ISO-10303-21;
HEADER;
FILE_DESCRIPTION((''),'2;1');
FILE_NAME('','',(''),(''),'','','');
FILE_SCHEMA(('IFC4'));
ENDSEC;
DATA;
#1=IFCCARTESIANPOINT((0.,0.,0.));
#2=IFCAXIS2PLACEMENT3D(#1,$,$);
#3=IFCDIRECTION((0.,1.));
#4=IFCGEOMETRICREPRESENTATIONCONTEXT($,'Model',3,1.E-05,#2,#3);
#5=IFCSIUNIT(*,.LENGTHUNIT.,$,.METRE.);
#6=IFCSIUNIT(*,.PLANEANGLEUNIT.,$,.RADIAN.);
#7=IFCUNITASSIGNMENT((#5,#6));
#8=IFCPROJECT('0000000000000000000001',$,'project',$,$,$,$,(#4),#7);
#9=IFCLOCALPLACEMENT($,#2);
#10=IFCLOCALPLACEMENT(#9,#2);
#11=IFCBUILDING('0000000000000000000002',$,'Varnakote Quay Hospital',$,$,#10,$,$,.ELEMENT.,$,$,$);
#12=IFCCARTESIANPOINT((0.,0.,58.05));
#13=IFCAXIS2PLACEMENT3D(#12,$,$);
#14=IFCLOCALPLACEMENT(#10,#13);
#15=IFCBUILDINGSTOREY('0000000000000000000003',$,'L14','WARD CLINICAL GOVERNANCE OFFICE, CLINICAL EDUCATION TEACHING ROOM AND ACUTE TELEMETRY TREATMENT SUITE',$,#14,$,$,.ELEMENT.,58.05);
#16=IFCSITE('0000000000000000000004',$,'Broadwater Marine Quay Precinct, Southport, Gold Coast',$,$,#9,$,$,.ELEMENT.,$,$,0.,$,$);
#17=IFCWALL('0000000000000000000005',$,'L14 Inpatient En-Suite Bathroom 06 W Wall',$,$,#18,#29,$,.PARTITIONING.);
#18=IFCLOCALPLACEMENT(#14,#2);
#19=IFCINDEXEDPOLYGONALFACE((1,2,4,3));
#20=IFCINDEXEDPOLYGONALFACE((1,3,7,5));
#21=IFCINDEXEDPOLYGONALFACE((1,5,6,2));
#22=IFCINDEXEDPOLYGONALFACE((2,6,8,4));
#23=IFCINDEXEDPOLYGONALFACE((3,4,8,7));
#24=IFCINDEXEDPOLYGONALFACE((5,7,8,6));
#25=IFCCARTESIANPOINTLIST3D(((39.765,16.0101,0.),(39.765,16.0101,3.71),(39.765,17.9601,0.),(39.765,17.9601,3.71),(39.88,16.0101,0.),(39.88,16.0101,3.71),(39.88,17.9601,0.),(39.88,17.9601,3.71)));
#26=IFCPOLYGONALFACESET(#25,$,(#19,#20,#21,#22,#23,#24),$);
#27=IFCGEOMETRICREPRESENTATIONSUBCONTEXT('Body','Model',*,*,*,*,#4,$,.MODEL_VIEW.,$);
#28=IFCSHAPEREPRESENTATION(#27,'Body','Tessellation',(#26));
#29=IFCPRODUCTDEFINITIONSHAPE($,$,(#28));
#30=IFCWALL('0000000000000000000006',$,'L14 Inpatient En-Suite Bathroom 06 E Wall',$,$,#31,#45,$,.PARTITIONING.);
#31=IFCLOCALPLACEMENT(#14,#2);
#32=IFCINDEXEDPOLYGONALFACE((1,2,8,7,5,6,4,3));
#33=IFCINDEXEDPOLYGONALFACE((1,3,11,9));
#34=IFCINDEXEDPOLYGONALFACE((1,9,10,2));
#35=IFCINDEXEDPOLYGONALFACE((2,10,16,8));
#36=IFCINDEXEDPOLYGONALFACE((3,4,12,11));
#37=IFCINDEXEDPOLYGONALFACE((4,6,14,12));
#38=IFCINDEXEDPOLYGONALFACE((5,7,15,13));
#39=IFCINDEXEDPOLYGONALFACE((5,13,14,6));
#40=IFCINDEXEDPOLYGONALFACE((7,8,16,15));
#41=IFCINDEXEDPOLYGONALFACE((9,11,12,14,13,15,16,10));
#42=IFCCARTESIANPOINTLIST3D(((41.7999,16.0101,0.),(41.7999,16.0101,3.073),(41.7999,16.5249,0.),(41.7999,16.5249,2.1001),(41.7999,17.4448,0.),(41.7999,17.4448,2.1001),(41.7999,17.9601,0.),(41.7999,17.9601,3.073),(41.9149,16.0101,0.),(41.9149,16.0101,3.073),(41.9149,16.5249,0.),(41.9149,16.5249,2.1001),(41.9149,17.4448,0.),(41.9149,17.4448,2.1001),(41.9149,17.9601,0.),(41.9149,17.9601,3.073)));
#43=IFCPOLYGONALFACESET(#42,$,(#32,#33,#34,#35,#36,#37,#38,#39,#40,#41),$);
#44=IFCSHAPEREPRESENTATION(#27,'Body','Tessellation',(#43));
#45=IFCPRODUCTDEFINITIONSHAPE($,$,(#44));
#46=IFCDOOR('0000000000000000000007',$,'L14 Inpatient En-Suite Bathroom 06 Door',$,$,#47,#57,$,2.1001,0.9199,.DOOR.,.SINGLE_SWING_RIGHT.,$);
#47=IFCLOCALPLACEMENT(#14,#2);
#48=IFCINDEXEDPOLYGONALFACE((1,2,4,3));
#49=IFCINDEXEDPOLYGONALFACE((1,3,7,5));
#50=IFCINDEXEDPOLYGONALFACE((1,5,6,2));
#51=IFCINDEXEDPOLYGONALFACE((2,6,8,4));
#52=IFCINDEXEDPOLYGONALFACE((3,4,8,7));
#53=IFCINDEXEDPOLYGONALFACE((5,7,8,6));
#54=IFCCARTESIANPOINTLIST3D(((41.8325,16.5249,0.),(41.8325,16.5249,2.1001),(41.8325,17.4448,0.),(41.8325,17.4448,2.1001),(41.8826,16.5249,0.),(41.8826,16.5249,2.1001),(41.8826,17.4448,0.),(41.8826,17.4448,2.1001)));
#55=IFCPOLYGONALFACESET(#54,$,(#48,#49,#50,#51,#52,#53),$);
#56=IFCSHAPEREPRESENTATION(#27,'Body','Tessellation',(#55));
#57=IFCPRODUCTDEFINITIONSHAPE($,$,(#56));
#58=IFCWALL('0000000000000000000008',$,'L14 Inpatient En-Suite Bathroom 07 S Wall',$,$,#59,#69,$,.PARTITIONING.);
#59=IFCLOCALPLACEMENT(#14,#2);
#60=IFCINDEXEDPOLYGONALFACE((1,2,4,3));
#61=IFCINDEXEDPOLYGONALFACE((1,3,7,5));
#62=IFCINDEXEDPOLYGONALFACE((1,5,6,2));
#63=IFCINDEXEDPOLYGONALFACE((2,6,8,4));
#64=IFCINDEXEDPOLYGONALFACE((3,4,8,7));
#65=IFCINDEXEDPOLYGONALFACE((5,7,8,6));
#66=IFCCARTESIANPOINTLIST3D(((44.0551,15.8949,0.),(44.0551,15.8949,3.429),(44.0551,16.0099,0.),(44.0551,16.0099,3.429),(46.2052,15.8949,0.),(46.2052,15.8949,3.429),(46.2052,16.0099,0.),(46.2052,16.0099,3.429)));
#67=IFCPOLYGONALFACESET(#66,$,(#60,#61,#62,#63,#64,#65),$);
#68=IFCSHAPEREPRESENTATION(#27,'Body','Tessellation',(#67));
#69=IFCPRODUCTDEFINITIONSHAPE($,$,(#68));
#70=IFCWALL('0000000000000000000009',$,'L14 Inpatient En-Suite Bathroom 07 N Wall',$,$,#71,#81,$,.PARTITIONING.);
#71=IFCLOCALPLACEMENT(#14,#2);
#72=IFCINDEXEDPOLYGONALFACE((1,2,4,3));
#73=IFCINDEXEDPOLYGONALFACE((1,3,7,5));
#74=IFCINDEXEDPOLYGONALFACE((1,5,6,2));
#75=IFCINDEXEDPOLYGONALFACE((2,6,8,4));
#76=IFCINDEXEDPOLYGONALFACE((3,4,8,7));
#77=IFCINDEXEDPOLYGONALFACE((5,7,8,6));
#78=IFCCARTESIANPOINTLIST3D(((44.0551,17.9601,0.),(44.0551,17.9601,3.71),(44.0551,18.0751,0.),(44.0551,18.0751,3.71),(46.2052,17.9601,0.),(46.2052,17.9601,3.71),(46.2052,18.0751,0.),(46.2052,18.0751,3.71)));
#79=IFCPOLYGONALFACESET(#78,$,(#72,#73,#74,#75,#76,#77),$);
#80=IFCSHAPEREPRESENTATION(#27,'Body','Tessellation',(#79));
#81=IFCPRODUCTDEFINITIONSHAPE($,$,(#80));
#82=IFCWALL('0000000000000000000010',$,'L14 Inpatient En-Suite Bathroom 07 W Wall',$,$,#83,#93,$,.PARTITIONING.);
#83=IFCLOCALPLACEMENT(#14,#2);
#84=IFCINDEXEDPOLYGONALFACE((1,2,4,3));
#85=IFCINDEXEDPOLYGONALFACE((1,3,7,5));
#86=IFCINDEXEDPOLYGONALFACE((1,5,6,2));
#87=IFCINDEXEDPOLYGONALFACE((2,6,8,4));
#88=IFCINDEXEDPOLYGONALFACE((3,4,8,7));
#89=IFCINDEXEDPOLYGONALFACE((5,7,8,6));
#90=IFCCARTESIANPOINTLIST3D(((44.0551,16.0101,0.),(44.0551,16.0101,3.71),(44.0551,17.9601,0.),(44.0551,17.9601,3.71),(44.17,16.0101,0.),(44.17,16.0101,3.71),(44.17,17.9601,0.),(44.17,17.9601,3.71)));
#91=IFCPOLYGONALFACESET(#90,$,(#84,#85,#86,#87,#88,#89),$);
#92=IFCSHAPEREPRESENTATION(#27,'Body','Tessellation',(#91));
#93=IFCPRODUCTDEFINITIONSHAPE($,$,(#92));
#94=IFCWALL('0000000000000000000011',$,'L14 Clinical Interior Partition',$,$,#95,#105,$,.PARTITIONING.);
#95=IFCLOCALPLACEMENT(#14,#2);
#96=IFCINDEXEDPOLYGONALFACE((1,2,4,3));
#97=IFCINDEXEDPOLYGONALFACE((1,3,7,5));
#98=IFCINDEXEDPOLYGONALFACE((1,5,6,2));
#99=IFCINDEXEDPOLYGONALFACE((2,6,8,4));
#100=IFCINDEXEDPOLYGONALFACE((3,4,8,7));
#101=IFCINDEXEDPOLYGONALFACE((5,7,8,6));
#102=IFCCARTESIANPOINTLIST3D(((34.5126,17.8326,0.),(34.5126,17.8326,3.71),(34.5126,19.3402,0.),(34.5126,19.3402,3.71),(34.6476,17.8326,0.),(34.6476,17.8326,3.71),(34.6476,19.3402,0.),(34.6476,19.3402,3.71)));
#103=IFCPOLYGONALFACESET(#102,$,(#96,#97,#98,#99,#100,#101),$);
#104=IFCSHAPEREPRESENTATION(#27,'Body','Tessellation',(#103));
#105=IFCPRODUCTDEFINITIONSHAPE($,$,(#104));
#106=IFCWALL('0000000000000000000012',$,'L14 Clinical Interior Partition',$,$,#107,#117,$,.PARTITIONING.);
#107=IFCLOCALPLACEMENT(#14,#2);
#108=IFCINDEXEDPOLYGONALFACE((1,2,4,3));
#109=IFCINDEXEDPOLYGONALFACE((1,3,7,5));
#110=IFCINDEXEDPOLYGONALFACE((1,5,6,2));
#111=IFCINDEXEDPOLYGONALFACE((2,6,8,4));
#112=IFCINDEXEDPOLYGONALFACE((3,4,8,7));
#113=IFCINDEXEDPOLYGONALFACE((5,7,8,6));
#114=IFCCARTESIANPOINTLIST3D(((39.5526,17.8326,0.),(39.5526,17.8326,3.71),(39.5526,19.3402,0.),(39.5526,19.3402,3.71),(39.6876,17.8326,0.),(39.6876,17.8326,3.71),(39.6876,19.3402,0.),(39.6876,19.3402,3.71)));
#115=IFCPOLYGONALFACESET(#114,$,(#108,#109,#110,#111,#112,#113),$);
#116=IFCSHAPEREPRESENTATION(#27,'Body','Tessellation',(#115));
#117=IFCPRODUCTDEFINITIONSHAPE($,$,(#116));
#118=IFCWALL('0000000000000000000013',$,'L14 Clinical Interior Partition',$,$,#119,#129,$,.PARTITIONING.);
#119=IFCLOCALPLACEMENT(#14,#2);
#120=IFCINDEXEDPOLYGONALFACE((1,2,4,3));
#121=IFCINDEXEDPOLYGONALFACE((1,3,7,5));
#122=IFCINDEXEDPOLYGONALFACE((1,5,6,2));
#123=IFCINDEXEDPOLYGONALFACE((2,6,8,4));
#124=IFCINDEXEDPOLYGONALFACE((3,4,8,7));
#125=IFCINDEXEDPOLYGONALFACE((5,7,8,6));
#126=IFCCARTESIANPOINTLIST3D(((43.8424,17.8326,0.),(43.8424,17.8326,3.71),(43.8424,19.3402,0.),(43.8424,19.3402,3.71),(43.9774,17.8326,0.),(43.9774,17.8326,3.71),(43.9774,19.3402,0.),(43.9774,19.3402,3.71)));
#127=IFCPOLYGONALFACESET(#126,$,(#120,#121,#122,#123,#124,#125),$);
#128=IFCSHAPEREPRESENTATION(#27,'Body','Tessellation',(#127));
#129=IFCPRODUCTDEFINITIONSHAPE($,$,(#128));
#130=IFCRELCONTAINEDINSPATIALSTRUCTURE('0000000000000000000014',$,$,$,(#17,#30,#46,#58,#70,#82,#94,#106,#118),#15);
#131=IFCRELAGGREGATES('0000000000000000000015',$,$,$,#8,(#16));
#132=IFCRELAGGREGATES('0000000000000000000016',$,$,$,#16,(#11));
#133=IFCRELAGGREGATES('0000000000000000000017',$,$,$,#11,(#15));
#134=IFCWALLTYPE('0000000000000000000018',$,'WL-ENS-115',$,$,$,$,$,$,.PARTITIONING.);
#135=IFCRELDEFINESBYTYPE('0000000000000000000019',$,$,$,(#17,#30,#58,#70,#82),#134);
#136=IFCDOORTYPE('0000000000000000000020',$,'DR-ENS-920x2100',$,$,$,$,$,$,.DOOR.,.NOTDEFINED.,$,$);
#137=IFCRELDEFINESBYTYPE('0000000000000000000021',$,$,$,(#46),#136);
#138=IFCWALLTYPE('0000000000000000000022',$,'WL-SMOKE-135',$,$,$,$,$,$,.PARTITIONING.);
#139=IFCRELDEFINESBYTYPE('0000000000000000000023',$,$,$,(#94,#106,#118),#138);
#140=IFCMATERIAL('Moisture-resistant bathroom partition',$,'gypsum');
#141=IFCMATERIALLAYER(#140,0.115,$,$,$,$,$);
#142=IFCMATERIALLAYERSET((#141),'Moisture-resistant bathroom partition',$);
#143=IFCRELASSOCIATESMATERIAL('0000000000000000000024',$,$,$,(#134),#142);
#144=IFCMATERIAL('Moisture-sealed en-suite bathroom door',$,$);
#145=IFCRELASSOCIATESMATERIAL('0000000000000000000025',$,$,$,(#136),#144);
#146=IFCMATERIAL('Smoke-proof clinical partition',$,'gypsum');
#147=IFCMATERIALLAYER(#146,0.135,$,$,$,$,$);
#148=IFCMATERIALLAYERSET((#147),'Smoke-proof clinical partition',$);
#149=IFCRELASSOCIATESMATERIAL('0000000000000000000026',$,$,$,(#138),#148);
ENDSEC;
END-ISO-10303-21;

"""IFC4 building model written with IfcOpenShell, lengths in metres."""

from ifc_helpers import new_model, si_unit, direction, frame, frame_2d, origin, place, context, subcontext, project, spatial, rectangle, extrude, material, layer, layer_set, type_object, element, fill, save


model = new_model("IFC4")

# Units and contexts
model_context = context("Model", 3, precision=1e-05, world=origin(), true_north=direction((0.0, 1.0)))
body_context = subcontext(model_context, "Body", "Model", "MODEL_VIEW")
ifc_project = project(units=[si_unit("LENGTHUNIT", "METRE"), si_unit("PLANEANGLEUNIT", "RADIAN")], contexts=[model_context])

# Site, building, storey
site_placement = place(None, origin())
site = spatial("IfcSite", under=ifc_project, at=site_placement, Name="Broadwater Marine Quay Precinct, Southport, Gold Coast", CompositionType="ELEMENT", RefElevation=0.0)
building_placement = place(site_placement, origin())
building = spatial("IfcBuilding", under=site, at=building_placement, Name="Varnakote Quay Hospital", CompositionType="ELEMENT")
storey_placement = place(building_placement, frame((0.0, 0.0, 58.05)))
storey = spatial("IfcBuildingStorey", under=building, at=storey_placement, Name="L14", Description="WARD CLINICAL GOVERNANCE OFFICE, CLINICAL EDUCATION TEACHING ROOM AND ACUTE TELEMETRY TREATMENT SUITE", CompositionType="ELEMENT", Elevation=58.05)

# Shared definitions
ifc_material_1 = material(Name="Moisture-resistant bathroom partition", Category="gypsum")
ifc_layer_1 = layer(ifc_material_1, 0.115)
ifc_layer_set_1 = layer_set([ifc_layer_1], Name="Moisture-resistant bathroom partition")
wall_type_1 = type_object("IfcWallType", Name="WL-ENS-115", PredefinedType="PARTITIONING", material=ifc_layer_set_1)

# Shared definitions
ifc_material_2 = material(Name="Moisture-sealed en-suite bathroom door")
door_type_1 = type_object("IfcDoorType", Name="DR-ENS-920x2100", OperationType="NOTDEFINED", PredefinedType="DOOR", material=ifc_material_2)

# Wall
wall_1_placement = place(storey_placement, frame((39.8225, 16.01, 0.0), z_axis=(0.0, 0.0, 1.0), x_axis=(0.0, 1.0, 0.0)))
element("IfcWall", 1, at=wall_1_placement, inside=storey, type_object=wall_type_1, Name="L14 Inpatient En-Suite Bathroom 06 W Wall", PredefinedType="PARTITIONING", context=body_context, shape_type="SweptSolid", body=[
    extrude(rectangle(XDim=1.95, YDim=0.115, at=frame_2d((0.9751, 0.0))), origin(), (0.0, 0.0, 1.0), 3.71),
])

# Wall, opening, door
wall_2_placement = place(storey_placement, frame((41.8574, 16.01, 0.0), z_axis=(0.0, 0.0, 1.0), x_axis=(0.0, 1.0, 0.0)))
wall_2 = element("IfcWall", 2, at=wall_2_placement, inside=storey, type_object=wall_type_1, Name="L14 Inpatient En-Suite Bathroom 06 E Wall", PredefinedType="PARTITIONING", context=body_context, shape_type="SweptSolid", body=[
    extrude(rectangle(XDim=1.95, YDim=0.115, at=frame_2d((0.9751, 0.0))), origin(), (0.0, 0.0, 1.0), 3.073),
])
opening_1_placement = place(wall_2_placement, frame((0.5149, 0.0, 0.0)))
opening_1 = element("IfcOpeningElement", 3, at=opening_1_placement, cuts=wall_2, PredefinedType="OPENING", context=body_context, shape_type="SweptSolid", body=[
    extrude(rectangle(XDim=0.9199, YDim=2.1001, at=frame_2d((0.46, 1.05))), frame((0.0, 0.0674, 0.0), z_axis=(0.0, -1.0, 0.0), x_axis=(1.0, 0.0, 0.0)), (0.0, 0.0, 1.0), 0.135),
])
door_1_placement = place(opening_1_placement, origin())
door_1 = element("IfcDoor", 4, at=door_1_placement, inside=storey, type_object=door_type_1, Name="L14 Inpatient En-Suite Bathroom 06 Door", OperationType="SINGLE_SWING_RIGHT", OverallHeight=2.1001, OverallWidth=0.9199, PredefinedType="DOOR", context=body_context, shape_type="SweptSolid", body=[
    extrude(rectangle(XDim=0.9199, YDim=2.1001, at=frame_2d((0.46, 1.05))), frame((0.0, 0.0249, 0.0), z_axis=(0.0, -1.0, 0.0), x_axis=(1.0, 0.0, 0.0)), (0.0, 0.0, 1.0), 0.05),
])
fill(opening_1, door_1)

# Walls
wall_3_placement = place(storey_placement, frame((44.0549, 15.9524, 0.0), z_axis=(0.0, 0.0, 1.0), x_axis=(1.0, 0.0, 0.0)))
element("IfcWall", 5, at=wall_3_placement, inside=storey, type_object=wall_type_1, Name="L14 Inpatient En-Suite Bathroom 07 S Wall", PredefinedType="PARTITIONING", context=body_context, shape_type="SweptSolid", body=[
    extrude(rectangle(XDim=2.1501, YDim=0.115, at=frame_2d((1.0752, 0.0))), origin(), (0.0, 0.0, 1.0), 3.429),
])
wall_4_placement = place(storey_placement, frame((44.0549, 18.0176, 0.0), z_axis=(0.0, 0.0, 1.0), x_axis=(1.0, 0.0, 0.0)))
element("IfcWall", 6, at=wall_4_placement, inside=storey, type_object=wall_type_1, Name="L14 Inpatient En-Suite Bathroom 07 N Wall", PredefinedType="PARTITIONING", context=body_context, shape_type="SweptSolid", body=[
    extrude(rectangle(XDim=2.1501, YDim=0.115, at=frame_2d((1.0752, 0.0))), origin(), (0.0, 0.0, 1.0), 3.71),
])
wall_5_placement = place(storey_placement, frame((44.1125, 16.01, 0.0), z_axis=(0.0, 0.0, 1.0), x_axis=(0.0, 1.0, 0.0)))
element("IfcWall", 7, at=wall_5_placement, inside=storey, type_object=wall_type_1, Name="L14 Inpatient En-Suite Bathroom 07 W Wall", PredefinedType="PARTITIONING", context=body_context, shape_type="SweptSolid", body=[
    extrude(rectangle(XDim=1.95, YDim=0.115, at=frame_2d((0.9751, 0.0))), origin(), (0.0, 0.0, 1.0), 3.71),
])

# Walls
ifc_material_3 = material(Name="Smoke-proof clinical partition", Category="gypsum")
ifc_layer_2 = layer(ifc_material_3, 0.135)
ifc_layer_set_2 = layer_set([ifc_layer_2], Name="Smoke-proof clinical partition")
wall_type_2 = type_object("IfcWallType", Name="WL-SMOKE-135", PredefinedType="PARTITIONING", material=ifc_layer_set_2)
for number, where, z_axis, x_axis, name in (
    (8, (34.5801, 17.8325, 0.0), (0.0, 0.0, 1.0), (0.0, 1.0, 0.0), "L14 Clinical Interior Partition"),
    (9, (39.6201, 17.8325, 0.0), (0.0, 0.0, 1.0), (0.0, 1.0, 0.0), "L14 Clinical Interior Partition"),
    (10, (43.9099, 17.8325, 0.0), (0.0, 0.0, 1.0), (0.0, 1.0, 0.0), "L14 Clinical Interior Partition"),
):
    element("IfcWall", number, at=place(storey_placement, frame(where, z_axis=z_axis, x_axis=x_axis)), inside=storey, type_object=wall_type_2, Name=name, PredefinedType="PARTITIONING", context=body_context, shape_type="SweptSolid", body=[
        extrude(rectangle(XDim=1.5076, YDim=0.135, at=frame_2d((0.7539, 0.0))), origin(), (0.0, 0.0, 1.0), 3.71),
    ])

save(model, "model.ifc")
